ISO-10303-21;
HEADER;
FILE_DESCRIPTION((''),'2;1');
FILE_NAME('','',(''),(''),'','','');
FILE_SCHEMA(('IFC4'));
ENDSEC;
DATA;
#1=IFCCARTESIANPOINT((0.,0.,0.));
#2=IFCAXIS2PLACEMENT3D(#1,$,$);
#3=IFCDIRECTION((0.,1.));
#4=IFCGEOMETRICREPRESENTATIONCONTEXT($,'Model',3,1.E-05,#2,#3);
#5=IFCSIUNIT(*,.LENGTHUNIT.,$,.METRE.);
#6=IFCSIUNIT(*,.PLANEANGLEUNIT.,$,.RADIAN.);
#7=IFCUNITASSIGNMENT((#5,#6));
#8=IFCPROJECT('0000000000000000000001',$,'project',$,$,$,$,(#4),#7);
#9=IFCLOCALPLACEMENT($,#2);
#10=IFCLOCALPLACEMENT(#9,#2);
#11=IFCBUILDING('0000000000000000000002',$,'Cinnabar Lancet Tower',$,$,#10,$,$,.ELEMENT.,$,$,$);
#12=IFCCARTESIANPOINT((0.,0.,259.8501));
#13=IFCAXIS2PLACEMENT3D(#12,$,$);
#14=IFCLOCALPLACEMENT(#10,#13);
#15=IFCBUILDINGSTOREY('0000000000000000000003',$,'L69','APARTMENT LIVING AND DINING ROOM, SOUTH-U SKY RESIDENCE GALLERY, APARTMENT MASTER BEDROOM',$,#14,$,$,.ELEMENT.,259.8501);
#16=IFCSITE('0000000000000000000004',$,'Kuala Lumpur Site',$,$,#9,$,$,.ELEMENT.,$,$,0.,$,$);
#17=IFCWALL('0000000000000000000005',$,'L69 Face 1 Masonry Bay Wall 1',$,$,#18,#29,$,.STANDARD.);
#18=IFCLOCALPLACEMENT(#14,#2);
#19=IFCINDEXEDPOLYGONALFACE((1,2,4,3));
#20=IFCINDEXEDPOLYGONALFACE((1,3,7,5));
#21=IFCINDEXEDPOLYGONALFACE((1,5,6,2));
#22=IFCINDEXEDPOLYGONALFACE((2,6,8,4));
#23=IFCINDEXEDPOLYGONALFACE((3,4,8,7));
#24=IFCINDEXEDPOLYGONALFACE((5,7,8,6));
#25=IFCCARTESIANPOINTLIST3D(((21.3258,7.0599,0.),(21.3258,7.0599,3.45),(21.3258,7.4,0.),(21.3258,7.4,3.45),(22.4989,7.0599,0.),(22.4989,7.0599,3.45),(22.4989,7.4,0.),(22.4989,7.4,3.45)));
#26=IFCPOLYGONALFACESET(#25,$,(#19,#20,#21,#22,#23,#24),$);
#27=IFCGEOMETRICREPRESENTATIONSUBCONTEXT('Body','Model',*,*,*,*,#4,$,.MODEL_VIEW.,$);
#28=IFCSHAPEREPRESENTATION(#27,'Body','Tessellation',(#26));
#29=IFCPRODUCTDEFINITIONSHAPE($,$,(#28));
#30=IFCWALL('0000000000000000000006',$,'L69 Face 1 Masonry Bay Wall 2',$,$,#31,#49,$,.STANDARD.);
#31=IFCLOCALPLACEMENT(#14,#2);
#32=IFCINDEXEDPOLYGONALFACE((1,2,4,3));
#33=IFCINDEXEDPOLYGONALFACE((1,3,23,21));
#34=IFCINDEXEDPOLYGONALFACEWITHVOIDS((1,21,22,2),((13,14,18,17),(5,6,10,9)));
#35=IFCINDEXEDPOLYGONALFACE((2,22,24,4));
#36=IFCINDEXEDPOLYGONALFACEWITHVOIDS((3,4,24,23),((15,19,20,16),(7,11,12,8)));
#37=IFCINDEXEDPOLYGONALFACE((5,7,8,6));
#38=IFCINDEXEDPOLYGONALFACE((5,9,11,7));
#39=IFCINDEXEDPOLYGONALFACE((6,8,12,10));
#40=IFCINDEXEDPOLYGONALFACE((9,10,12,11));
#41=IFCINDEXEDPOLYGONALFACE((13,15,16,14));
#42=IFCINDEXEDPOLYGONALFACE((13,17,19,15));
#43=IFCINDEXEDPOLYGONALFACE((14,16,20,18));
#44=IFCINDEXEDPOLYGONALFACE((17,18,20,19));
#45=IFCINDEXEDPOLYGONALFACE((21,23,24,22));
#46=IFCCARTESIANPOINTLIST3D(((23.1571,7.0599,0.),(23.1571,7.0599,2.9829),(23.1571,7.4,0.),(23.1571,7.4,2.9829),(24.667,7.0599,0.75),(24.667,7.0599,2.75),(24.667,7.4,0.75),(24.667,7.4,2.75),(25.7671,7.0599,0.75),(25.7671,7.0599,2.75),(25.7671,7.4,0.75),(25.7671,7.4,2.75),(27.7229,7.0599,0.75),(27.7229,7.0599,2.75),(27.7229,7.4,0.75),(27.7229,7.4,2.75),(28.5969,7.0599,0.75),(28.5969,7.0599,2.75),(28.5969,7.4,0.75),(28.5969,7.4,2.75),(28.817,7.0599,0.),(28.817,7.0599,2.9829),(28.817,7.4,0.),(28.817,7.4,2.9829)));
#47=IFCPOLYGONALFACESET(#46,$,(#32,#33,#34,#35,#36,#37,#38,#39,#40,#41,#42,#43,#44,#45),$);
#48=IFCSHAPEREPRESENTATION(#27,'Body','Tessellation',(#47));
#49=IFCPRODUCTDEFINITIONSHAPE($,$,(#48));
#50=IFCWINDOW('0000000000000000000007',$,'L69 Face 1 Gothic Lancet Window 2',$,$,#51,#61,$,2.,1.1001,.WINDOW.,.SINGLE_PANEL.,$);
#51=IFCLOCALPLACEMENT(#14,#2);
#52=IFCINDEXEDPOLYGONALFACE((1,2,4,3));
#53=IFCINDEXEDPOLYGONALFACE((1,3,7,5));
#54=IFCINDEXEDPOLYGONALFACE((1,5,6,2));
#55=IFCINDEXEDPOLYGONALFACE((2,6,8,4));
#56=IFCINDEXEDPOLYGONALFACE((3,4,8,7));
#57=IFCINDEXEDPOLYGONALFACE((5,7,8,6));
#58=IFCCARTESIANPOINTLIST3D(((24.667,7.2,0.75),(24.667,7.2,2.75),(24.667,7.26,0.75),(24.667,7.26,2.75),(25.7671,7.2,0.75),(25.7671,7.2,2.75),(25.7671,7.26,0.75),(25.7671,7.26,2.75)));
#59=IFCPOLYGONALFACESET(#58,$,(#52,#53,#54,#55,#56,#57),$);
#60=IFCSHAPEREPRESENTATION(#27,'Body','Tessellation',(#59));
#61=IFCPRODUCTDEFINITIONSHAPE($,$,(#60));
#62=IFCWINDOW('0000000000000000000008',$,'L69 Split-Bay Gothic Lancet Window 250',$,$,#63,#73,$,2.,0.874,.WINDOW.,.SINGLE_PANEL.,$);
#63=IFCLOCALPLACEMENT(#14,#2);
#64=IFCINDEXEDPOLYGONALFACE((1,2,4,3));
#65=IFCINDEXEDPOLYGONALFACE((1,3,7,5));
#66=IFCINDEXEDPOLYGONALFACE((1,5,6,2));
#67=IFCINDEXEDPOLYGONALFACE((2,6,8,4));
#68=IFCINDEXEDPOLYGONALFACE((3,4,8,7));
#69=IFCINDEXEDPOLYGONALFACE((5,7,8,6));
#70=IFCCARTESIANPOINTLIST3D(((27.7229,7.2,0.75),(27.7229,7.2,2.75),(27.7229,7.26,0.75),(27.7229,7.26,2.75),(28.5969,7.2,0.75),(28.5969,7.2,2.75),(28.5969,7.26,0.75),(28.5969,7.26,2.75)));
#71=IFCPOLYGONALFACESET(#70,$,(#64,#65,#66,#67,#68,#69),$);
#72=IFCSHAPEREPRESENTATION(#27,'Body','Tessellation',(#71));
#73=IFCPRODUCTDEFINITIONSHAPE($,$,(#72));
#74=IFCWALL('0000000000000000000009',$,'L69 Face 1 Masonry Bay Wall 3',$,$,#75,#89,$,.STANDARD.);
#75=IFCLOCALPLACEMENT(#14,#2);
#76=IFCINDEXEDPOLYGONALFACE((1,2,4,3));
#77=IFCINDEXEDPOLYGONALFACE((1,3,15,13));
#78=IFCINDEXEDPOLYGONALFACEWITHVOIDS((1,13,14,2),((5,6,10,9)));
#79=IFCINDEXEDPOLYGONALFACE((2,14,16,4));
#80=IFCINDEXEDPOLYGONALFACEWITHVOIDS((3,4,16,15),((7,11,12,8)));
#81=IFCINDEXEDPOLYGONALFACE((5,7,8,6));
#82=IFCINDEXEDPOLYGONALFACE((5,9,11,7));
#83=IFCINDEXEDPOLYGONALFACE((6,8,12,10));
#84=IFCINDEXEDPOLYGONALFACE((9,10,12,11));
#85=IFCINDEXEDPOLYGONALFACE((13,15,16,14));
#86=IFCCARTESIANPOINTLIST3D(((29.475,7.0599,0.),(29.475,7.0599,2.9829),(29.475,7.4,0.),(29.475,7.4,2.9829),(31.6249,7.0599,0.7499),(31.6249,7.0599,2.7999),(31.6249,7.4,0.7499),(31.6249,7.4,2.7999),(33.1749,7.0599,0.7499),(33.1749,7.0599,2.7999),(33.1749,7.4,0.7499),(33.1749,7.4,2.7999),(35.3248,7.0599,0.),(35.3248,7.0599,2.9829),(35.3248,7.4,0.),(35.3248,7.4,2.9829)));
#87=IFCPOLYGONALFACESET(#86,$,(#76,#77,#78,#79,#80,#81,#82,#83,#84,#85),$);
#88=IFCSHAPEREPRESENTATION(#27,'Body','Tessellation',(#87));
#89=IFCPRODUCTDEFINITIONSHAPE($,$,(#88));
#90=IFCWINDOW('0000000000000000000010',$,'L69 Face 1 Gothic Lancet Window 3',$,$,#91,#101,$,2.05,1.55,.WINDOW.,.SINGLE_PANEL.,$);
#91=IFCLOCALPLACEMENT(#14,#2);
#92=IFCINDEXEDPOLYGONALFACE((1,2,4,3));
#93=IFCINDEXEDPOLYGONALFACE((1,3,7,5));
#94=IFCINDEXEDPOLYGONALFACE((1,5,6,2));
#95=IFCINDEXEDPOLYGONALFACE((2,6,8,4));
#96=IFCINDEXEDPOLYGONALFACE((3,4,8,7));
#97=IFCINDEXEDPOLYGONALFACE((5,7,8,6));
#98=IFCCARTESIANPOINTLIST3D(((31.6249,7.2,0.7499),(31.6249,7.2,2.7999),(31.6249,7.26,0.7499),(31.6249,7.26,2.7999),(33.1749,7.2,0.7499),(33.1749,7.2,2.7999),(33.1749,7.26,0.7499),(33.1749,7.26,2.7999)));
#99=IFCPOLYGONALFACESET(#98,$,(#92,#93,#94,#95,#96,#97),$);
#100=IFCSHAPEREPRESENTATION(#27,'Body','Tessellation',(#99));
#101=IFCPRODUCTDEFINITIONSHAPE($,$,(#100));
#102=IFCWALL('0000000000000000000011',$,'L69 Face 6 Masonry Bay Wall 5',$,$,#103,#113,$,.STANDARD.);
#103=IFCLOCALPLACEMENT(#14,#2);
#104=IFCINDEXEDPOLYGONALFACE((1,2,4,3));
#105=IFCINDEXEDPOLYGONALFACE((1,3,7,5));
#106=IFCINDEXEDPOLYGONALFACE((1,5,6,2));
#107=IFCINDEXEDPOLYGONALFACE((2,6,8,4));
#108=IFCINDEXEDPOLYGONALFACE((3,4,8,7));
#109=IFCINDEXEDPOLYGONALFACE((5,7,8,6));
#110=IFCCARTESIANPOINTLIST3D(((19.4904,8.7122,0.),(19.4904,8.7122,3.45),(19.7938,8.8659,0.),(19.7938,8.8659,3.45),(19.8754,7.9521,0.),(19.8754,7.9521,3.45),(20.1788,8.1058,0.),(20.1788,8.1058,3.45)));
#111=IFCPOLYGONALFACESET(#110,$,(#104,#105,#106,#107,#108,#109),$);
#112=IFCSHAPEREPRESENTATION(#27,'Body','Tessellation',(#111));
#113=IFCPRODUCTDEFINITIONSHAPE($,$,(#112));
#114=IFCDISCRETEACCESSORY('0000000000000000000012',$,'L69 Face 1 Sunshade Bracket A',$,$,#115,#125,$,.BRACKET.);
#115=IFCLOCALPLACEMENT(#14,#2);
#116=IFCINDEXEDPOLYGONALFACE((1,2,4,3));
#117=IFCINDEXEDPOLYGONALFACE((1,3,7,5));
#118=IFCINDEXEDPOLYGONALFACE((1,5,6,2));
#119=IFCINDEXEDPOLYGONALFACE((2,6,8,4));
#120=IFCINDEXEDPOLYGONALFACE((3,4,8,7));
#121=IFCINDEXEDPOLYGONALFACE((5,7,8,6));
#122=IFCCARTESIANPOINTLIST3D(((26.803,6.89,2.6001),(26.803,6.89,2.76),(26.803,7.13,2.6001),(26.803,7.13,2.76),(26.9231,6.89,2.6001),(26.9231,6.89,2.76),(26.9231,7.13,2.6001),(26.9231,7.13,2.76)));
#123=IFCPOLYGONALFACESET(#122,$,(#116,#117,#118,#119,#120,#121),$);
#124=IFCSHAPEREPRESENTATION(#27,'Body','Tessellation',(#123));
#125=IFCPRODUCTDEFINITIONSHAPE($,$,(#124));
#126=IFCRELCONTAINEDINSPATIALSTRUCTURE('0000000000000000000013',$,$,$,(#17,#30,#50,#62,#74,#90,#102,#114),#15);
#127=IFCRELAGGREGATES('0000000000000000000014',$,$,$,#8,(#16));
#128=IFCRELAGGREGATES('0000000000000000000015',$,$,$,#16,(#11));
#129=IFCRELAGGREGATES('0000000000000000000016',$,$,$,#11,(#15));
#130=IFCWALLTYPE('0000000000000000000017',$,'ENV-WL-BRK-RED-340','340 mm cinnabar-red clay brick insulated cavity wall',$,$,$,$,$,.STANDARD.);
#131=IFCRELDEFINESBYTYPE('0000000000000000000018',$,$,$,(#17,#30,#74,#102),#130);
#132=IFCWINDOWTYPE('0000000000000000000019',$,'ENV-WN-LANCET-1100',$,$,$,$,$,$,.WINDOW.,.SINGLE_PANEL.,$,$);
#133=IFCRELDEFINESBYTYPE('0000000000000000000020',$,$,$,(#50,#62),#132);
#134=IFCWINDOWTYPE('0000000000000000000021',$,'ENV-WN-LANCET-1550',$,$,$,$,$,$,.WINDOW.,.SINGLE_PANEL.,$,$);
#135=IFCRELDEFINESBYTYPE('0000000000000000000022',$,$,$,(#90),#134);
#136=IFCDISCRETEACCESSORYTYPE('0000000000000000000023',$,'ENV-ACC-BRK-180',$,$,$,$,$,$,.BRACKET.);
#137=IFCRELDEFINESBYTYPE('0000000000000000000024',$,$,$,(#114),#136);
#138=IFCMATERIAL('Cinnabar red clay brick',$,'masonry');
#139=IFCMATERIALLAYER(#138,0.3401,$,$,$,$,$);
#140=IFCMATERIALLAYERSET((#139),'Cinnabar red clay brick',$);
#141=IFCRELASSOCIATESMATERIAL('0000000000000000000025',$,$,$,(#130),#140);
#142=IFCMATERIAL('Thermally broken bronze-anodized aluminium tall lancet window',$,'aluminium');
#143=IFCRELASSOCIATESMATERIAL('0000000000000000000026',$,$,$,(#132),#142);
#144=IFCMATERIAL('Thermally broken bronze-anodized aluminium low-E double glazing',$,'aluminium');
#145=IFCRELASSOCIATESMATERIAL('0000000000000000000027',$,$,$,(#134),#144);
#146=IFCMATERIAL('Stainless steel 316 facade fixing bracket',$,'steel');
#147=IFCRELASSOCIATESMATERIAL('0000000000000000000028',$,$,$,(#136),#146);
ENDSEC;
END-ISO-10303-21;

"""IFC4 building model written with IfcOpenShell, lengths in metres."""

from ifc_helpers import new_model, si_unit, direction, frame, frame_2d, origin, origin_2d, place, context, subcontext, project, spatial, rectangle, extrude, material, layer, layer_set, type_object, element, fill, save


model = new_model("IFC4")

# Units and contexts
model_context = context("Model", 3, precision=1e-05, world=origin(), true_north=direction((0.0, 1.0)))
body_context = subcontext(model_context, "Body", "Model", "MODEL_VIEW")
ifc_project = project(units=[si_unit("LENGTHUNIT", "METRE"), si_unit("PLANEANGLEUNIT", "RADIAN")], contexts=[model_context])

# Site, building, storey
site_placement = place(None, origin())
site = spatial("IfcSite", under=ifc_project, at=site_placement, Name="Kuala Lumpur Site", CompositionType="ELEMENT", RefElevation=0.0)
building_placement = place(site_placement, origin())
building = spatial("IfcBuilding", under=site, at=building_placement, Name="Cinnabar Lancet Tower", CompositionType="ELEMENT")
storey_placement = place(building_placement, frame((0.0, 0.0, 259.8501)))
storey = spatial("IfcBuildingStorey", under=building, at=storey_placement, Name="L69", Description="APARTMENT LIVING AND DINING ROOM, SOUTH-U SKY RESIDENCE GALLERY, APARTMENT MASTER BEDROOM", CompositionType="ELEMENT", Elevation=259.8501)

# Wall
ifc_material_1 = material(Name="Cinnabar red clay brick", Category="masonry")
ifc_layer_1 = layer(ifc_material_1, 0.3401)
ifc_layer_set_1 = layer_set([ifc_layer_1], Name="Cinnabar red clay brick")
wall_type_1 = type_object("IfcWallType", Name="ENV-WL-BRK-RED-340", Description="340 mm cinnabar-red clay brick insulated cavity wall", PredefinedType="STANDARD", material=ifc_layer_set_1)
wall_1_placement = place(storey_placement, frame((21.3259, 7.23, 0.0), z_axis=(0.0, 0.0, 1.0), x_axis=(1.0, 0.0, 0.0)))
element("IfcWall", 1, at=wall_1_placement, inside=storey, type_object=wall_type_1, Name="L69 Face 1 Masonry Bay Wall 1", PredefinedType="STANDARD", context=body_context, shape_type="SweptSolid", body=[
    extrude(rectangle(XDim=1.1731, YDim=0.3401, at=frame_2d((0.5864, 0.0))), origin(), (0.0, 0.0, 1.0), 3.45),
])

# Wall, openings, windows
wall_2_placement = place(storey_placement, frame((23.157, 7.23, 0.0), z_axis=(0.0, 0.0, 1.0), x_axis=(1.0, 0.0, 0.0)))
wall_2 = element("IfcWall", 2, at=wall_2_placement, inside=storey, type_object=wall_type_1, Name="L69 Face 1 Masonry Bay Wall 2", PredefinedType="STANDARD", context=body_context, shape_type="SweptSolid", body=[
    extrude(rectangle(XDim=5.6599, YDim=0.3401, at=frame_2d((2.8301, 0.0))), origin(), (0.0, 0.0, 1.0), 2.9829),
])
opening_1_placement = place(wall_2_placement, frame((1.51, 0.0, 0.75)))
opening_1 = element("IfcOpeningElement", 3, at=opening_1_placement, cuts=wall_2, PredefinedType="OPENING", context=body_context, shape_type="SweptSolid", body=[
    extrude(rectangle(XDim=1.1001, YDim=2.0, at=frame_2d((0.55, 1.0))), frame((0.0, 0.1799, 0.0), z_axis=(0.0, -1.0, 0.0), x_axis=(1.0, 0.0, 0.0)), (0.0, 0.0, 1.0), 0.3601),
])
opening_2_placement = place(wall_2_placement, frame((4.5659, 0.0, 0.75)))
opening_2 = element("IfcOpeningElement", 4, at=opening_2_placement, cuts=wall_2, PredefinedType="OPENING", context=body_context, shape_type="SweptSolid", body=[
    extrude(rectangle(XDim=0.874, YDim=2.0, at=frame_2d((0.437, 1.0))), frame((0.0, 0.1799, 0.0), z_axis=(0.0, -1.0, 0.0), x_axis=(1.0, 0.0, 0.0)), (0.0, 0.0, 1.0), 0.3601),
])
ifc_material_2 = material(Name="Thermally broken bronze-anodized aluminium tall lancet window", Category="aluminium")
window_type_1 = type_object("IfcWindowType", Name="ENV-WN-LANCET-1100", PartitioningType="SINGLE_PANEL", PredefinedType="WINDOW", material=ifc_material_2)
window_1_placement = place(opening_1_placement, origin())
window_1 = element("IfcWindow", 5, at=window_1_placement, inside=storey, type_object=window_type_1, Name="L69 Face 1 Gothic Lancet Window 2", OverallHeight=2.0, OverallWidth=1.1001, PartitioningType="SINGLE_PANEL", PredefinedType="WINDOW", context=body_context, shape_type="SweptSolid", body=[
    extrude(rectangle(XDim=1.1001, YDim=2.0, at=frame_2d((0.55, 1.0))), frame((0.0, 0.03, 0.0), z_axis=(0.0, -1.0, 0.0), x_axis=(1.0, 0.0, 0.0)), (0.0, 0.0, 1.0), 0.0601),
])
fill(opening_1, window_1)
window_2_placement = place(opening_2_placement, origin())
window_2 = element("IfcWindow", 6, at=window_2_placement, inside=storey, type_object=window_type_1, Name="L69 Split-Bay Gothic Lancet Window 250", OverallHeight=2.0, OverallWidth=0.874, PartitioningType="SINGLE_PANEL", PredefinedType="WINDOW", context=body_context, shape_type="SweptSolid", body=[
    extrude(rectangle(XDim=0.874, YDim=2.0, at=frame_2d((0.437, 1.0))), frame((0.0, 0.03, 0.0), z_axis=(0.0, -1.0, 0.0), x_axis=(1.0, 0.0, 0.0)), (0.0, 0.0, 1.0), 0.0601),
])
fill(opening_2, window_2)

# Wall, opening, window
wall_3_placement = place(storey_placement, frame((29.4751, 7.23, 0.0), z_axis=(0.0, 0.0, 1.0), x_axis=(1.0, 0.0, 0.0)))
wall_3 = element("IfcWall", 7, at=wall_3_placement, inside=storey, type_object=wall_type_1, Name="L69 Face 1 Masonry Bay Wall 3", PredefinedType="STANDARD", context=body_context, shape_type="SweptSolid", body=[
    extrude(rectangle(XDim=5.8499, YDim=0.3401, at=frame_2d((2.9248, 0.0))), origin(), (0.0, 0.0, 1.0), 2.9829),
])
opening_3_placement = place(wall_3_placement, frame((2.1499, 0.0, 0.75)))
opening_3 = element("IfcOpeningElement", 8, at=opening_3_placement, cuts=wall_3, PredefinedType="OPENING", context=body_context, shape_type="SweptSolid", body=[
    extrude(rectangle(XDim=1.55, YDim=2.05, at=frame_2d((0.7749, 1.0249))), frame((0.0, 0.1799, 0.0), z_axis=(0.0, -1.0, 0.0), x_axis=(1.0, 0.0, 0.0)), (0.0, 0.0, 1.0), 0.3601),
])
ifc_material_3 = material(Name="Thermally broken bronze-anodized aluminium low-E double glazing", Category="aluminium")
window_type_2 = type_object("IfcWindowType", Name="ENV-WN-LANCET-1550", PartitioningType="SINGLE_PANEL", PredefinedType="WINDOW", material=ifc_material_3)
window_3_placement = place(opening_3_placement, origin())
window_3 = element("IfcWindow", 9, at=window_3_placement, inside=storey, type_object=window_type_2, Name="L69 Face 1 Gothic Lancet Window 3", OverallHeight=2.05, OverallWidth=1.55, PartitioningType="SINGLE_PANEL", PredefinedType="WINDOW", context=body_context, shape_type="SweptSolid", body=[
    extrude(rectangle(XDim=1.55, YDim=2.05, at=frame_2d((0.7749, 1.0249))), frame((0.0, 0.03, 0.0), z_axis=(0.0, -1.0, 0.0), x_axis=(1.0, 0.0, 0.0)), (0.0, 0.0, 1.0), 0.0601),
])
fill(opening_3, window_3)

# Wall
wall_4_placement = place(storey_placement, frame((19.6421, 8.7891, 0.0), z_axis=(0.0, 0.0, 1.0), x_axis=(0.451907, -0.892065, 0.0)))
element("IfcWall", 10, at=wall_4_placement, inside=storey, type_object=wall_type_1, Name="L69 Face 6 Masonry Bay Wall 5", PredefinedType="STANDARD", context=body_context, shape_type="SweptSolid", body=[
    extrude(rectangle(XDim=0.8521, YDim=0.3401, at=frame_2d((0.426, 0.0))), origin(), (0.0, 0.0, 1.0), 3.45),
])

# Discrete accessory
ifc_material_4 = material(Name="Stainless steel 316 facade fixing bracket", Category="steel")
discrete_accessory_type = type_object("IfcDiscreteAccessoryType", Name="ENV-ACC-BRK-180", PredefinedType="BRACKET", material=ifc_material_4)
discrete_accessory_placement = place(storey_placement, frame((26.863, 7.01, 2.6001), z_axis=(0.0, 0.0, 1.0), x_axis=(1.0, 0.0, 0.0)))
element("IfcDiscreteAccessory", 11, at=discrete_accessory_placement, inside=storey, type_object=discrete_accessory_type, Name="L69 Face 1 Sunshade Bracket A", PredefinedType="BRACKET", context=body_context, shape_type="SweptSolid", body=[
    extrude(rectangle(XDim=0.1201, YDim=0.24, at=origin_2d()), origin(), (0.0, 0.0, 1.0), 0.1599),
])

save(model, "model.ifc")
